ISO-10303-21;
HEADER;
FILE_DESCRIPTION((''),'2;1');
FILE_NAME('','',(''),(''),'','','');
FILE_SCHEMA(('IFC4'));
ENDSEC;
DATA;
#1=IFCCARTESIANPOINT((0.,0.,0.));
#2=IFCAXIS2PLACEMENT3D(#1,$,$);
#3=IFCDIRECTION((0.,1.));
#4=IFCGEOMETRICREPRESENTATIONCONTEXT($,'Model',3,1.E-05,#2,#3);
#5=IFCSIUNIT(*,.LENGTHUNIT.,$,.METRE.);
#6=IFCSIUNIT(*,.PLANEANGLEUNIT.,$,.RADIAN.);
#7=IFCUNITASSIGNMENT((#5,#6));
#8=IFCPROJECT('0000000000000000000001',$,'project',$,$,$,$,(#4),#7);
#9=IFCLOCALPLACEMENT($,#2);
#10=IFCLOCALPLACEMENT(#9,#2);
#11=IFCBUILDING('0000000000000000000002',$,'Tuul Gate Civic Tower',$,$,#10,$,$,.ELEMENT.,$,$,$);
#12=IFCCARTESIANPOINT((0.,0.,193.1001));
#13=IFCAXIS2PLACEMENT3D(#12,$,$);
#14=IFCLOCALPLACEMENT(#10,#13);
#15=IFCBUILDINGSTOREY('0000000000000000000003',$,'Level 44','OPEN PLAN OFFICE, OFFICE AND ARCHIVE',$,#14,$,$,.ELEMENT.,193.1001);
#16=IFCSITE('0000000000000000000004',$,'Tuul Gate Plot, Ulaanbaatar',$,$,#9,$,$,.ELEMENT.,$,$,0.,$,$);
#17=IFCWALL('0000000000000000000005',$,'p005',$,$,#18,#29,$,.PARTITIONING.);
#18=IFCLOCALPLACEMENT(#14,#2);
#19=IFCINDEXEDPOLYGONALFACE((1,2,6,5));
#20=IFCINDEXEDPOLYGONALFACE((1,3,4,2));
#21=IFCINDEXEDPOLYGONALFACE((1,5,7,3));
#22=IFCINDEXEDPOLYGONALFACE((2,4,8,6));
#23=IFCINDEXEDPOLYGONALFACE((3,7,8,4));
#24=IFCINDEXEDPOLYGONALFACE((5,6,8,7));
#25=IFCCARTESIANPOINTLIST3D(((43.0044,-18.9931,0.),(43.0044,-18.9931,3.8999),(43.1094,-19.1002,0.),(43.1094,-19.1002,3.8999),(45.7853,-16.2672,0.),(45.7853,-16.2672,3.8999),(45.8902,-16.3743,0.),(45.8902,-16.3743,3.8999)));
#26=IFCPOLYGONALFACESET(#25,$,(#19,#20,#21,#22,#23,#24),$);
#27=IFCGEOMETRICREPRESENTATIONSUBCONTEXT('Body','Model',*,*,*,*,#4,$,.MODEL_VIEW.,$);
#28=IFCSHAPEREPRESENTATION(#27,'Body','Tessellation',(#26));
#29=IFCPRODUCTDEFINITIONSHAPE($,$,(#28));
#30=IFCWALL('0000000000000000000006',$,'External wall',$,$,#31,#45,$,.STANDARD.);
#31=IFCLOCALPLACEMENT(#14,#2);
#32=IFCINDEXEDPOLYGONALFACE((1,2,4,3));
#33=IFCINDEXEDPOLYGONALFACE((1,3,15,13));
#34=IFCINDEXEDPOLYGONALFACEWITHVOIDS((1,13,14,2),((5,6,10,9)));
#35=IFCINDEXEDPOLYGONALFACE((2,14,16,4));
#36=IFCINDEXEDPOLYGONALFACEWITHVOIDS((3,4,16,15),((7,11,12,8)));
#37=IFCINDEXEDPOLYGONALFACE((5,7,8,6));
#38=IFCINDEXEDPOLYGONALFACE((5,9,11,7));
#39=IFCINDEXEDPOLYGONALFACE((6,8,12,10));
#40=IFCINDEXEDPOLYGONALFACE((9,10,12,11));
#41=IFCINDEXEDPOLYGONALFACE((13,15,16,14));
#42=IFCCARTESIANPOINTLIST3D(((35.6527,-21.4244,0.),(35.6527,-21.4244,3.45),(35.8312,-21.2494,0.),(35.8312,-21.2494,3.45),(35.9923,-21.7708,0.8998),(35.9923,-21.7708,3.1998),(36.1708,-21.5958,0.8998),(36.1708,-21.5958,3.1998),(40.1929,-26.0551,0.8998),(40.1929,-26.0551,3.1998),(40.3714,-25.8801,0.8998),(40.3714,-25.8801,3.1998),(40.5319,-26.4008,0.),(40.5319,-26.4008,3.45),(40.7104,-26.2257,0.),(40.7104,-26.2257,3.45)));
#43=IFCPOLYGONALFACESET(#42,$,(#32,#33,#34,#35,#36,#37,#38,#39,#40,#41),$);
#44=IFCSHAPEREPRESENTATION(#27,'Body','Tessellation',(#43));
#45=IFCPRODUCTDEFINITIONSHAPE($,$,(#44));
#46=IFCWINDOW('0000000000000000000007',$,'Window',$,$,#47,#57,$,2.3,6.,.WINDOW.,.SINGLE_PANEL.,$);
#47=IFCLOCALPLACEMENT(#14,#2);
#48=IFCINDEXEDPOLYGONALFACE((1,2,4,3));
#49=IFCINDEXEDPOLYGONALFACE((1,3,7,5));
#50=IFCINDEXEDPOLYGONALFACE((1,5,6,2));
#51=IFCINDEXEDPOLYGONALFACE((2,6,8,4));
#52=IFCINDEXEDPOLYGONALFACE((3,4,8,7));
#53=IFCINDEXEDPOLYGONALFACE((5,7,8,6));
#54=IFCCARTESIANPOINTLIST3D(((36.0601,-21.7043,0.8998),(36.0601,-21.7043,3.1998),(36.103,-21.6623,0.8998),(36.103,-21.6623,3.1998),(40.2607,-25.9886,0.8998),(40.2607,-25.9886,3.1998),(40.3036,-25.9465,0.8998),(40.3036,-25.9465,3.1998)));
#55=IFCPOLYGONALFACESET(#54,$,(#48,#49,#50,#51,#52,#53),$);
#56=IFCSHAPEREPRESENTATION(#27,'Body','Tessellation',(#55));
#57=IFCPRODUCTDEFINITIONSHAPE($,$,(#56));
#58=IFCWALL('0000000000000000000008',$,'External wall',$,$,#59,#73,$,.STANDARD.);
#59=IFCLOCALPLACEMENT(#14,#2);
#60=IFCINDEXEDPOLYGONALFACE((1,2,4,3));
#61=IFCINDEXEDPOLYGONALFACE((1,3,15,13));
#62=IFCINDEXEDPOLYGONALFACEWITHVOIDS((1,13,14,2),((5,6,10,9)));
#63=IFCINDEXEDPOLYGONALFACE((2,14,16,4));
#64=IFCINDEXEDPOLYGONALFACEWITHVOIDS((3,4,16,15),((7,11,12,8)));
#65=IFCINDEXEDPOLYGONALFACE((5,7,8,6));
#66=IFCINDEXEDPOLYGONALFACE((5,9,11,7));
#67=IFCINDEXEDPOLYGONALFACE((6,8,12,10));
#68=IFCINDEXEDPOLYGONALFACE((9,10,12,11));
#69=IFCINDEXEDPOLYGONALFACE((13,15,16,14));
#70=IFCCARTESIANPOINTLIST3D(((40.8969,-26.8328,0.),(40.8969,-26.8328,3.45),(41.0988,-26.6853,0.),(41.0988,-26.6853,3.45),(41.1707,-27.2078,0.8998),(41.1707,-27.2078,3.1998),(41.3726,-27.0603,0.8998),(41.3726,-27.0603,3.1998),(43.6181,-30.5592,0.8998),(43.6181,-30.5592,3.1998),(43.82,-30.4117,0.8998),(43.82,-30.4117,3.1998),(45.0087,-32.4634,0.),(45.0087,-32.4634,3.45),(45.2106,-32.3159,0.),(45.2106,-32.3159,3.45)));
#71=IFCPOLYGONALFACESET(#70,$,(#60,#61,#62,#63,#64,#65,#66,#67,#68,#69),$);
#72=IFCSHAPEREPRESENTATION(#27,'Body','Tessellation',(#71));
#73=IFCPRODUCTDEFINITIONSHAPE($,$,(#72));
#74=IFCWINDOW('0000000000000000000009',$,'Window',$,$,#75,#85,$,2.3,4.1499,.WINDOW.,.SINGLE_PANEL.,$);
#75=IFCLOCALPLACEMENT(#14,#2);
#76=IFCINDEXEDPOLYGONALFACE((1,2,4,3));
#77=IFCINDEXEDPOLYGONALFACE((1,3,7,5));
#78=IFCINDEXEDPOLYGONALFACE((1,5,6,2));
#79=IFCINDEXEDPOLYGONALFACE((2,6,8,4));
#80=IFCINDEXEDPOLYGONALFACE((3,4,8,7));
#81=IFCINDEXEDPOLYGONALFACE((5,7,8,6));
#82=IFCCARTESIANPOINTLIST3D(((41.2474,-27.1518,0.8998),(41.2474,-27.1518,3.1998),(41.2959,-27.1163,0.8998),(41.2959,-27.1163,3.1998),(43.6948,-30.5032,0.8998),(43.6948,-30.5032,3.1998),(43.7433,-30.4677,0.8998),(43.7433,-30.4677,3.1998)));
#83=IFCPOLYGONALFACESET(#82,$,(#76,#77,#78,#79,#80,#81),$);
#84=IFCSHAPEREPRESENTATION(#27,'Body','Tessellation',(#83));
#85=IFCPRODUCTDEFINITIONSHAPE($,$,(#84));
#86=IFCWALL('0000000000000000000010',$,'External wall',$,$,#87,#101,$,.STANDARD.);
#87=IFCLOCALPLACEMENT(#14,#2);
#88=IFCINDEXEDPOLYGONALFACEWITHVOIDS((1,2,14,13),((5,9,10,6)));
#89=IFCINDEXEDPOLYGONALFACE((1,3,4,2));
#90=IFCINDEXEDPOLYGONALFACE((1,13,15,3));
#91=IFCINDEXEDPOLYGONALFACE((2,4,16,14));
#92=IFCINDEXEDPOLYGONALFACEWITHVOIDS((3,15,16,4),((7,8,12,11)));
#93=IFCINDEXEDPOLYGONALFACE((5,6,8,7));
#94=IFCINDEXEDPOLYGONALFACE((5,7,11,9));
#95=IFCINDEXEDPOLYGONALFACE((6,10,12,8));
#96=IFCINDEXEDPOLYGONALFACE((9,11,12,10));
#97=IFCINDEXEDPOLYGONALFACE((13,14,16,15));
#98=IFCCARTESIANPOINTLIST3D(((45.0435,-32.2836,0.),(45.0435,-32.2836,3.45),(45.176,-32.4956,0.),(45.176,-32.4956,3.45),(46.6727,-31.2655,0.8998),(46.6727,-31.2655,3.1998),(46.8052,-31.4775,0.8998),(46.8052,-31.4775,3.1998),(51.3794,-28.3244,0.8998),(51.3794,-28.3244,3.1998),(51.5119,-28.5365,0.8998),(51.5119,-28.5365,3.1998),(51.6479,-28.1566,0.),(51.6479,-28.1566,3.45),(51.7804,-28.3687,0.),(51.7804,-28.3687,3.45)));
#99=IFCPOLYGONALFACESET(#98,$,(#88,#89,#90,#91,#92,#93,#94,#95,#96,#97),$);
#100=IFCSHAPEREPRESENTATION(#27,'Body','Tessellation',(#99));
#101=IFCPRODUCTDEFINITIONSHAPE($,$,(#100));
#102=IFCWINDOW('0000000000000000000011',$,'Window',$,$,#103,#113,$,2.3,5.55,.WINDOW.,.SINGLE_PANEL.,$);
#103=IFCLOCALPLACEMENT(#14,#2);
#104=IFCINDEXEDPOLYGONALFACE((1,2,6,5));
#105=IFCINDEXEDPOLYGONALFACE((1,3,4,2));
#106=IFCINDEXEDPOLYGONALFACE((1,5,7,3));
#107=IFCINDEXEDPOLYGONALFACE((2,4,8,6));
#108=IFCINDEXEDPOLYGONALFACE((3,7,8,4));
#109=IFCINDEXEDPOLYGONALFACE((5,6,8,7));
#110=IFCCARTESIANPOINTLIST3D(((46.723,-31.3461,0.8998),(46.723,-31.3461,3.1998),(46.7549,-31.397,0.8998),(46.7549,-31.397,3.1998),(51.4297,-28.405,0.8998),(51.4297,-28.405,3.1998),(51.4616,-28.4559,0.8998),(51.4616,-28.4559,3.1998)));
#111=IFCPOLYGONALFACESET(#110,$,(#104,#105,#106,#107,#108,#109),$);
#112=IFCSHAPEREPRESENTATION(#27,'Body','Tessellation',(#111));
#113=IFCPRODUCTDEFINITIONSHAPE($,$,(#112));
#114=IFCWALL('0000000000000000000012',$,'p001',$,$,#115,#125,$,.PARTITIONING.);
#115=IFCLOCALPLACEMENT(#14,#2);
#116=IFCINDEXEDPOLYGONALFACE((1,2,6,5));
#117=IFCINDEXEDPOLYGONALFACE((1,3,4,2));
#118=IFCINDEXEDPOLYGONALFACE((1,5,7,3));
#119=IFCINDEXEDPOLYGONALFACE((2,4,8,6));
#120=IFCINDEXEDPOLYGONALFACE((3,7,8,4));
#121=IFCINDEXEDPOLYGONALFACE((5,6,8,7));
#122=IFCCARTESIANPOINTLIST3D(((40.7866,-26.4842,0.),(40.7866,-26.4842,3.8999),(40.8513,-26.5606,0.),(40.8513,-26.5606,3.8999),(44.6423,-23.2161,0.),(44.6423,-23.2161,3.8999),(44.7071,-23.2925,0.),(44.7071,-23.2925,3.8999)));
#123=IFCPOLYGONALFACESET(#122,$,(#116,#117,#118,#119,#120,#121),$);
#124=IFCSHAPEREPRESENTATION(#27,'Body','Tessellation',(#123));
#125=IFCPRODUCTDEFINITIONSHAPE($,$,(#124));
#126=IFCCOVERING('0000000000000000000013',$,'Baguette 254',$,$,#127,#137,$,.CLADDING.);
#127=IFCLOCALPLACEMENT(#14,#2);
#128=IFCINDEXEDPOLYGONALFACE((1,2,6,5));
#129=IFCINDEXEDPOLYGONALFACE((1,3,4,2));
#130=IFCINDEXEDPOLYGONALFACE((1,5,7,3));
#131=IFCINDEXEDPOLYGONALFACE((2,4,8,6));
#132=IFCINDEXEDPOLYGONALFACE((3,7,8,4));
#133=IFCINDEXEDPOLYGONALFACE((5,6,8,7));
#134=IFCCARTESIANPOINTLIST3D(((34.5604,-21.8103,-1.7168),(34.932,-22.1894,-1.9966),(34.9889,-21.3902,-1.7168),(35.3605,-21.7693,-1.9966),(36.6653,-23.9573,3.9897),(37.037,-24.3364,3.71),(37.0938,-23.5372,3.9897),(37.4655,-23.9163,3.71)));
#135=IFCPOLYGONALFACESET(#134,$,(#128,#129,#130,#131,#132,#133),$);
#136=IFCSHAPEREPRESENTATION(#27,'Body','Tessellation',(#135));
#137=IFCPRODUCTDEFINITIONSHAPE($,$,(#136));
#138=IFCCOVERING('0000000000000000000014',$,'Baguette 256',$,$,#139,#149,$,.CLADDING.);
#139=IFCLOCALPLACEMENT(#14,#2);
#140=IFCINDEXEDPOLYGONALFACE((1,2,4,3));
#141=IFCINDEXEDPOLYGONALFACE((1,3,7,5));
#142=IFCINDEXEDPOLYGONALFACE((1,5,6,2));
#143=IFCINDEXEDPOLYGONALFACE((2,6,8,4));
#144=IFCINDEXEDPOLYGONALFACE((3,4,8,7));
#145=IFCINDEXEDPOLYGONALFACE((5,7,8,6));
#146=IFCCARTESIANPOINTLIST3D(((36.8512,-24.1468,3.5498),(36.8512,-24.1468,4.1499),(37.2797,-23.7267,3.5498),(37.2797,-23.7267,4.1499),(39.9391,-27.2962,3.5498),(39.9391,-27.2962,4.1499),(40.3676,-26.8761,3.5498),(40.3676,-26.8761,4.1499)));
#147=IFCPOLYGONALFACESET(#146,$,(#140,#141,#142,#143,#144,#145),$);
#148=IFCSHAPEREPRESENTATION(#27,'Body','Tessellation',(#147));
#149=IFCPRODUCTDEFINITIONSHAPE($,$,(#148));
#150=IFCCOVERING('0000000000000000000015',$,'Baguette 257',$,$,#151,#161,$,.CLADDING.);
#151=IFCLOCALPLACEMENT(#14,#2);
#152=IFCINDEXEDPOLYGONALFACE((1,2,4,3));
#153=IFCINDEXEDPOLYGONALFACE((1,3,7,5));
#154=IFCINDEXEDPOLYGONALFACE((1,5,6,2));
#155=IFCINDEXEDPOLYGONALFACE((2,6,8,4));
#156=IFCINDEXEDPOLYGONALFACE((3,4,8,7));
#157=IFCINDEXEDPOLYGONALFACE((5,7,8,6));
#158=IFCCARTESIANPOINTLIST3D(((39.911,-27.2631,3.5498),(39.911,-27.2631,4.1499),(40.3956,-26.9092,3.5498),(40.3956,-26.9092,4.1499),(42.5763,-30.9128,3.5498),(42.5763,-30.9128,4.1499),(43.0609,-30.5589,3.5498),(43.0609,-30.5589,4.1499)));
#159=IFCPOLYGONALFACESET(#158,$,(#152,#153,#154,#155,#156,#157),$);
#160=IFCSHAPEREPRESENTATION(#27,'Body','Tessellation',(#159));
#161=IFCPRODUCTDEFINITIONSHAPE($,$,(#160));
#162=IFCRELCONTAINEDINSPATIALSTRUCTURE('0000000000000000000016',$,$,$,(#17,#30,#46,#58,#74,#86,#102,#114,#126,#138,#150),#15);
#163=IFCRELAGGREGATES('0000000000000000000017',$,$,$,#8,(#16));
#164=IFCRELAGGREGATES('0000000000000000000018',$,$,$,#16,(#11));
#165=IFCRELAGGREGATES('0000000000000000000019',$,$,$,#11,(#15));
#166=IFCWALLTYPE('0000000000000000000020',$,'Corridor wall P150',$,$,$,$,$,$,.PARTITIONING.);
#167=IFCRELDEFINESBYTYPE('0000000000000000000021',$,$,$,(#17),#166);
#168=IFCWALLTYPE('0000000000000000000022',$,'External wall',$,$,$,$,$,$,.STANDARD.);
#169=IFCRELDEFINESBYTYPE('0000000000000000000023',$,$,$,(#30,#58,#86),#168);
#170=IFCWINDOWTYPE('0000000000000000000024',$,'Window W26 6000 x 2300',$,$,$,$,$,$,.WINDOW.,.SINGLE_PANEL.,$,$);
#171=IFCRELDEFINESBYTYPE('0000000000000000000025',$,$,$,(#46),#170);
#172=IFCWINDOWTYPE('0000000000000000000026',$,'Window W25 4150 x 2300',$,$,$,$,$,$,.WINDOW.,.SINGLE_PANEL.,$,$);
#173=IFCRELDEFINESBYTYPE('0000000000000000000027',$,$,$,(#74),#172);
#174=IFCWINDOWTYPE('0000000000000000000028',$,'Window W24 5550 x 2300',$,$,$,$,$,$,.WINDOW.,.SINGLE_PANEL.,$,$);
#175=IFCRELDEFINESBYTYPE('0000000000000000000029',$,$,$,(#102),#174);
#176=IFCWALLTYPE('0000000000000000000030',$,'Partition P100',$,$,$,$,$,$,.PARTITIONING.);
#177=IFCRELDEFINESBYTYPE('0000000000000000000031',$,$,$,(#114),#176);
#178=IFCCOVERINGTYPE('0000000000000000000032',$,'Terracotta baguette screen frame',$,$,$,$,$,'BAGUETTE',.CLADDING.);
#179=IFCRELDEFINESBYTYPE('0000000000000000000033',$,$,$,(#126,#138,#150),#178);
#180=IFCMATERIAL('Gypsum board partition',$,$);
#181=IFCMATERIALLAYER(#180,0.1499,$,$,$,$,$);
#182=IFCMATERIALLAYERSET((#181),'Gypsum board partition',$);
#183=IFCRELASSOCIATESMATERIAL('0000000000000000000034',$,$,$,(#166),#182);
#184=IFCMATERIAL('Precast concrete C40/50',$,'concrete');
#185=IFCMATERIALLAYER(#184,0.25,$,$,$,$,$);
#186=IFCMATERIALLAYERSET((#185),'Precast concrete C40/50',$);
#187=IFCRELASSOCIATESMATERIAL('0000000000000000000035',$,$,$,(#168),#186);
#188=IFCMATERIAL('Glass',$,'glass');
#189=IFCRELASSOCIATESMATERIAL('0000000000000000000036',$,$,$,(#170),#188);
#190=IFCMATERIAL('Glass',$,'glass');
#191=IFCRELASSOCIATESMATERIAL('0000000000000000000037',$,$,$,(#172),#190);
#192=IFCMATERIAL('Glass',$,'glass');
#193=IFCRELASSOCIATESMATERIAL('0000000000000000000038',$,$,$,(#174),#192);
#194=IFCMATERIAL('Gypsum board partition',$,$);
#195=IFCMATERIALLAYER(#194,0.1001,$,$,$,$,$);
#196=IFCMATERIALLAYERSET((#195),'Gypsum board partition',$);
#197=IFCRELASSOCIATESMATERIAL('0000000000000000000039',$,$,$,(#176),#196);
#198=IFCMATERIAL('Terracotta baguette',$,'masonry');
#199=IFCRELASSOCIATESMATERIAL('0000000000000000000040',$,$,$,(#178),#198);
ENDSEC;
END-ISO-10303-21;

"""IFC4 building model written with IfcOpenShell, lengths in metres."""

from ifc_helpers import new_model, si_unit, direction, frame, frame_2d, origin, origin_2d, place, context, subcontext, project, spatial, rectangle, extrude, material, layer, layer_set, material_profile, profile_set, type_object, element, fill, save


model = new_model("IFC4")

# Units and contexts
model_context = context("Model", 3, precision=1e-05, world=origin(), true_north=direction((0.0, 1.0)))
body_context = subcontext(model_context, "Body", "Model", "MODEL_VIEW")
ifc_project = project(units=[si_unit("LENGTHUNIT", "METRE"), si_unit("PLANEANGLEUNIT", "RADIAN")], contexts=[model_context])

# Site, building, storey
site_placement = place(None, origin())
site = spatial("IfcSite", under=ifc_project, at=site_placement, Name="Tuul Gate Plot, Ulaanbaatar", CompositionType="ELEMENT", RefElevation=0.0)
building_placement = place(site_placement, origin())
building = spatial("IfcBuilding", under=site, at=building_placement, Name="Tuul Gate Civic Tower", CompositionType="ELEMENT")
storey_placement = place(building_placement, frame((0.0, 0.0, 193.1001)))
storey = spatial("IfcBuildingStorey", under=building, at=storey_placement, Name="Level 44", Description="OPEN PLAN OFFICE, OFFICE AND ARCHIVE", CompositionType="ELEMENT", Elevation=193.1001)

# Shared definitions
ifc_material_1 = material(Name="Gypsum board partition")
ifc_layer_1 = layer(ifc_material_1, 0.1499)
ifc_layer_set_1 = layer_set([ifc_layer_1], Name="Gypsum board partition")
wall_type_1 = type_object("IfcWallType", Name="Corridor wall P150", PredefinedType="PARTITIONING", material=ifc_layer_set_1)

# Wall
wall_1_placement = place(storey_placement, frame((43.0569, -19.0466, 0.0), z_axis=(0.0, 0.0, 1.0), x_axis=(0.714125, 0.700018, 0.0)))
element("IfcWall", 1, at=wall_1_placement, inside=storey, type_object=wall_type_1, Name="p005", PredefinedType="PARTITIONING", context=body_context, shape_type="SweptSolid", body=[
    extrude(rectangle(XDim=3.894, YDim=0.1499, at=frame_2d((1.947, 0.0))), origin(), (0.0, 0.0, 1.0), 3.8999),
])

# Walls, openings, windows
ifc_material_2 = material(Name="Precast concrete C40/50", Category="concrete")
ifc_layer_2 = layer(ifc_material_2, 0.25)
ifc_layer_set_2 = layer_set([ifc_layer_2], Name="Precast concrete C40/50")
wall_type_2 = type_object("IfcWallType", Name="External wall", PredefinedType="STANDARD", material=ifc_layer_set_2)
wall_2_placement = place(storey_placement, frame((35.7419, -21.3369, 0.0), z_axis=(0.0, 0.0, 1.0), x_axis=(0.700101, -0.714044, 0.0)))
wall_2 = element("IfcWall", 2, at=wall_2_placement, inside=storey, type_object=wall_type_2, Name="External wall", PredefinedType="STANDARD", context=body_context, shape_type="SweptSolid", body=[
    extrude(rectangle(XDim=6.9692, YDim=0.25, at=frame_2d((3.4846, 0.0))), origin(), (0.0, 0.0, 1.0), 3.45),
])
opening_1_placement = place(wall_2_placement, frame((0.4851, 0.0, 0.8999)))
opening_1 = element("IfcOpeningElement", 3, at=opening_1_placement, cuts=wall_2, PredefinedType="OPENING", context=body_context, shape_type="SweptSolid", body=[
    extrude(rectangle(XDim=6.0, YDim=2.3, at=frame_2d((3.0, 1.1499))), frame((0.0, 0.135, 0.0), z_axis=(0.0, -1.0, 0.0), x_axis=(1.0, 0.0, 0.0)), (0.0, 0.0, 1.0), 0.27),
])
ifc_material_3 = material(Name="Glass", Category="glass")
window_type_1 = type_object("IfcWindowType", Name="Window W26 6000 x 2300", PartitioningType="SINGLE_PANEL", PredefinedType="WINDOW", material=ifc_material_3)
window_1_placement = place(opening_1_placement, origin())
window_1 = element("IfcWindow", 4, at=window_1_placement, inside=storey, type_object=window_type_1, Name="Window", OverallHeight=2.3, OverallWidth=6.0, PartitioningType="SINGLE_PANEL", PredefinedType="WINDOW", context=body_context, shape_type="SweptSolid", body=[
    extrude(rectangle(XDim=6.0, YDim=2.3, at=frame_2d((3.0, 1.1499))), frame((0.0, 0.03, 0.0), z_axis=(0.0, -1.0, 0.0), x_axis=(1.0, 0.0, 0.0)), (0.0, 0.0, 1.0), 0.0601),
])
fill(opening_1, window_1)
wall_3_placement = place(storey_placement, frame((40.9978, -26.759, 0.0), z_axis=(0.0, 0.0, 1.0), x_axis=(0.589749, -0.807587, 0.0)))
wall_3 = element("IfcWall", 5, at=wall_3_placement, inside=storey, type_object=wall_type_2, Name="External wall", PredefinedType="STANDARD", context=body_context, shape_type="SweptSolid", body=[
    extrude(rectangle(XDim=6.9722, YDim=0.25, at=frame_2d((3.4861, 0.0))), origin(), (0.0, 0.0, 1.0), 3.45),
])
opening_2_placement = place(wall_3_placement, frame((0.4644, 0.0, 0.8999)))
opening_2 = element("IfcOpeningElement", 6, at=opening_2_placement, cuts=wall_3, PredefinedType="OPENING", context=body_context, shape_type="SweptSolid", body=[
    extrude(rectangle(XDim=4.1499, YDim=2.3, at=frame_2d((2.075, 1.1499))), frame((0.0, 0.135, 0.0), z_axis=(0.0, -1.0, 0.0), x_axis=(1.0, 0.0, 0.0)), (0.0, 0.0, 1.0), 0.27),
])
ifc_material_4 = material(Name="Glass", Category="glass")
window_type_2 = type_object("IfcWindowType", Name="Window W25 4150 x 2300", PartitioningType="SINGLE_PANEL", PredefinedType="WINDOW", material=ifc_material_4)
window_2_placement = place(opening_2_placement, origin())
window_2 = element("IfcWindow", 7, at=window_2_placement, inside=storey, type_object=window_type_2, Name="Window", OverallHeight=2.3, OverallWidth=4.1499, PartitioningType="SINGLE_PANEL", PredefinedType="WINDOW", context=body_context, shape_type="SweptSolid", body=[
    extrude(rectangle(XDim=4.1499, YDim=2.3, at=frame_2d((2.075, 1.1499))), frame((0.0, 0.03, 0.0), z_axis=(0.0, -1.0, 0.0), x_axis=(1.0, 0.0, 0.0)), (0.0, 0.0, 1.0), 0.0601),
])
fill(opening_2, window_2)
wall_4_placement = place(storey_placement, frame((45.1096, -32.3896, 0.0), z_axis=(0.0, 0.0, 1.0), x_axis=(0.848048, 0.52992, 0.0)))
wall_4 = element("IfcWall", 8, at=wall_4_placement, inside=storey, type_object=wall_type_2, Name="External wall", PredefinedType="STANDARD", context=body_context, shape_type="SweptSolid", body=[
    extrude(rectangle(XDim=7.7878, YDim=0.25, at=frame_2d((3.894, 0.0))), origin(), (0.0, 0.0, 1.0), 3.45),
])
opening_3_placement = place(wall_4_placement, frame((1.9214, 0.0, 0.8999)))
opening_3 = element("IfcOpeningElement", 9, at=opening_3_placement, cuts=wall_4, PredefinedType="OPENING", context=body_context, shape_type="SweptSolid", body=[
    extrude(rectangle(XDim=5.55, YDim=2.3, at=frame_2d((2.7749, 1.1499))), frame((0.0, 0.135, 0.0), z_axis=(0.0, -1.0, 0.0), x_axis=(1.0, 0.0, 0.0)), (0.0, 0.0, 1.0), 0.27),
])
ifc_material_5 = material(Name="Glass", Category="glass")
window_type_3 = type_object("IfcWindowType", Name="Window W24 5550 x 2300", PartitioningType="SINGLE_PANEL", PredefinedType="WINDOW", material=ifc_material_5)
window_3_placement = place(opening_3_placement, origin())
window_3 = element("IfcWindow", 10, at=window_3_placement, inside=storey, type_object=window_type_3, Name="Window", OverallHeight=2.3, OverallWidth=5.55, PartitioningType="SINGLE_PANEL", PredefinedType="WINDOW", context=body_context, shape_type="SweptSolid", body=[
    extrude(rectangle(XDim=5.55, YDim=2.3, at=frame_2d((2.7749, 1.1499))), frame((0.0, 0.03, 0.0), z_axis=(0.0, -1.0, 0.0), x_axis=(1.0, 0.0, 0.0)), (0.0, 0.0, 1.0), 0.0601),
])
fill(opening_3, window_3)

# Wall
ifc_material_6 = material(Name="Gypsum board partition")
ifc_layer_3 = layer(ifc_material_6, 0.1001)
ifc_layer_set_3 = layer_set([ifc_layer_3], Name="Gypsum board partition")
wall_type_3 = type_object("IfcWallType", Name="Partition P100", PredefinedType="PARTITIONING", material=ifc_layer_set_3)
wall_5_placement = place(storey_placement, frame((40.8188, -26.5225, 0.0), z_axis=(0.0, 0.0, 1.0), x_axis=(0.762846, 0.646581, 0.0)))
element("IfcWall", 11, at=wall_5_placement, inside=storey, type_object=wall_type_3, Name="p001", PredefinedType="PARTITIONING", context=body_context, shape_type="SweptSolid", body=[
    extrude(rectangle(XDim=5.0544, YDim=0.1001, at=frame_2d((2.5273, 0.0))), origin(), (0.0, 0.0, 1.0), 3.8999),
])

# Coverings
ifc_material_7 = material(Name="Terracotta baguette", Category="masonry")
ifc_material_profile_1 = material_profile(ifc_material_7, rectangle(XDim=0.6001, YDim=0.6001, at=origin_2d()), Name="Terracotta baguette screen frame")
ifc_profile_set_1 = profile_set([ifc_material_profile_1], Name="Terracotta baguette")
covering_type = type_object("IfcCoveringType", Name="Terracotta baguette screen frame", ElementType="BAGUETTE", PredefinedType="CLADDING", material=ifc_profile_set_1)
covering_1_placement = place(storey_placement, frame((37.0654, -23.9368, 3.8499), z_axis=(-0.326343, 0.332854, -0.884708), x_axis=(-0.714055, -0.700089, 0.0)))
element("IfcCovering", 12, at=covering_1_placement, inside=storey, type_object=covering_type, Name="Baguette 254", PredefinedType="CLADDING", context=body_context, shape_type="SweptSolid", body=[
    extrude(rectangle(XDim=0.6001, YDim=0.6001, at=origin_2d()), origin(), (0.0, 0.0, 1.0), 6.4502),
])
covering_2_placement = place(storey_placement, frame((37.0654, -23.9368, 3.8499), z_axis=(0.700098, -0.714047, 0.0), x_axis=(0.714047, 0.700098, 0.0)))
element("IfcCovering", 13, at=covering_2_placement, inside=storey, type_object=covering_type, Name="Baguette 256", PredefinedType="CLADDING", context=body_context, shape_type="SweptSolid", body=[
    extrude(rectangle(XDim=0.6001, YDim=0.6001, at=origin_2d()), origin(), (0.0, 0.0, 1.0), 4.4106),
])
covering_3_placement = place(storey_placement, frame((40.1533, -27.0862, 3.8499), z_axis=(0.589761, -0.807578, 0.0), x_axis=(0.807578, 0.589761, 0.0)))
element("IfcCovering", 14, at=covering_3_placement, inside=storey, type_object=covering_type, Name="Baguette 257", PredefinedType="CLADDING", context=body_context, shape_type="SweptSolid", body=[
    extrude(rectangle(XDim=0.6001, YDim=0.6001, at=origin_2d()), origin(), (0.0, 0.0, 1.0), 4.5193),
])

save(model, "model.ifc")
